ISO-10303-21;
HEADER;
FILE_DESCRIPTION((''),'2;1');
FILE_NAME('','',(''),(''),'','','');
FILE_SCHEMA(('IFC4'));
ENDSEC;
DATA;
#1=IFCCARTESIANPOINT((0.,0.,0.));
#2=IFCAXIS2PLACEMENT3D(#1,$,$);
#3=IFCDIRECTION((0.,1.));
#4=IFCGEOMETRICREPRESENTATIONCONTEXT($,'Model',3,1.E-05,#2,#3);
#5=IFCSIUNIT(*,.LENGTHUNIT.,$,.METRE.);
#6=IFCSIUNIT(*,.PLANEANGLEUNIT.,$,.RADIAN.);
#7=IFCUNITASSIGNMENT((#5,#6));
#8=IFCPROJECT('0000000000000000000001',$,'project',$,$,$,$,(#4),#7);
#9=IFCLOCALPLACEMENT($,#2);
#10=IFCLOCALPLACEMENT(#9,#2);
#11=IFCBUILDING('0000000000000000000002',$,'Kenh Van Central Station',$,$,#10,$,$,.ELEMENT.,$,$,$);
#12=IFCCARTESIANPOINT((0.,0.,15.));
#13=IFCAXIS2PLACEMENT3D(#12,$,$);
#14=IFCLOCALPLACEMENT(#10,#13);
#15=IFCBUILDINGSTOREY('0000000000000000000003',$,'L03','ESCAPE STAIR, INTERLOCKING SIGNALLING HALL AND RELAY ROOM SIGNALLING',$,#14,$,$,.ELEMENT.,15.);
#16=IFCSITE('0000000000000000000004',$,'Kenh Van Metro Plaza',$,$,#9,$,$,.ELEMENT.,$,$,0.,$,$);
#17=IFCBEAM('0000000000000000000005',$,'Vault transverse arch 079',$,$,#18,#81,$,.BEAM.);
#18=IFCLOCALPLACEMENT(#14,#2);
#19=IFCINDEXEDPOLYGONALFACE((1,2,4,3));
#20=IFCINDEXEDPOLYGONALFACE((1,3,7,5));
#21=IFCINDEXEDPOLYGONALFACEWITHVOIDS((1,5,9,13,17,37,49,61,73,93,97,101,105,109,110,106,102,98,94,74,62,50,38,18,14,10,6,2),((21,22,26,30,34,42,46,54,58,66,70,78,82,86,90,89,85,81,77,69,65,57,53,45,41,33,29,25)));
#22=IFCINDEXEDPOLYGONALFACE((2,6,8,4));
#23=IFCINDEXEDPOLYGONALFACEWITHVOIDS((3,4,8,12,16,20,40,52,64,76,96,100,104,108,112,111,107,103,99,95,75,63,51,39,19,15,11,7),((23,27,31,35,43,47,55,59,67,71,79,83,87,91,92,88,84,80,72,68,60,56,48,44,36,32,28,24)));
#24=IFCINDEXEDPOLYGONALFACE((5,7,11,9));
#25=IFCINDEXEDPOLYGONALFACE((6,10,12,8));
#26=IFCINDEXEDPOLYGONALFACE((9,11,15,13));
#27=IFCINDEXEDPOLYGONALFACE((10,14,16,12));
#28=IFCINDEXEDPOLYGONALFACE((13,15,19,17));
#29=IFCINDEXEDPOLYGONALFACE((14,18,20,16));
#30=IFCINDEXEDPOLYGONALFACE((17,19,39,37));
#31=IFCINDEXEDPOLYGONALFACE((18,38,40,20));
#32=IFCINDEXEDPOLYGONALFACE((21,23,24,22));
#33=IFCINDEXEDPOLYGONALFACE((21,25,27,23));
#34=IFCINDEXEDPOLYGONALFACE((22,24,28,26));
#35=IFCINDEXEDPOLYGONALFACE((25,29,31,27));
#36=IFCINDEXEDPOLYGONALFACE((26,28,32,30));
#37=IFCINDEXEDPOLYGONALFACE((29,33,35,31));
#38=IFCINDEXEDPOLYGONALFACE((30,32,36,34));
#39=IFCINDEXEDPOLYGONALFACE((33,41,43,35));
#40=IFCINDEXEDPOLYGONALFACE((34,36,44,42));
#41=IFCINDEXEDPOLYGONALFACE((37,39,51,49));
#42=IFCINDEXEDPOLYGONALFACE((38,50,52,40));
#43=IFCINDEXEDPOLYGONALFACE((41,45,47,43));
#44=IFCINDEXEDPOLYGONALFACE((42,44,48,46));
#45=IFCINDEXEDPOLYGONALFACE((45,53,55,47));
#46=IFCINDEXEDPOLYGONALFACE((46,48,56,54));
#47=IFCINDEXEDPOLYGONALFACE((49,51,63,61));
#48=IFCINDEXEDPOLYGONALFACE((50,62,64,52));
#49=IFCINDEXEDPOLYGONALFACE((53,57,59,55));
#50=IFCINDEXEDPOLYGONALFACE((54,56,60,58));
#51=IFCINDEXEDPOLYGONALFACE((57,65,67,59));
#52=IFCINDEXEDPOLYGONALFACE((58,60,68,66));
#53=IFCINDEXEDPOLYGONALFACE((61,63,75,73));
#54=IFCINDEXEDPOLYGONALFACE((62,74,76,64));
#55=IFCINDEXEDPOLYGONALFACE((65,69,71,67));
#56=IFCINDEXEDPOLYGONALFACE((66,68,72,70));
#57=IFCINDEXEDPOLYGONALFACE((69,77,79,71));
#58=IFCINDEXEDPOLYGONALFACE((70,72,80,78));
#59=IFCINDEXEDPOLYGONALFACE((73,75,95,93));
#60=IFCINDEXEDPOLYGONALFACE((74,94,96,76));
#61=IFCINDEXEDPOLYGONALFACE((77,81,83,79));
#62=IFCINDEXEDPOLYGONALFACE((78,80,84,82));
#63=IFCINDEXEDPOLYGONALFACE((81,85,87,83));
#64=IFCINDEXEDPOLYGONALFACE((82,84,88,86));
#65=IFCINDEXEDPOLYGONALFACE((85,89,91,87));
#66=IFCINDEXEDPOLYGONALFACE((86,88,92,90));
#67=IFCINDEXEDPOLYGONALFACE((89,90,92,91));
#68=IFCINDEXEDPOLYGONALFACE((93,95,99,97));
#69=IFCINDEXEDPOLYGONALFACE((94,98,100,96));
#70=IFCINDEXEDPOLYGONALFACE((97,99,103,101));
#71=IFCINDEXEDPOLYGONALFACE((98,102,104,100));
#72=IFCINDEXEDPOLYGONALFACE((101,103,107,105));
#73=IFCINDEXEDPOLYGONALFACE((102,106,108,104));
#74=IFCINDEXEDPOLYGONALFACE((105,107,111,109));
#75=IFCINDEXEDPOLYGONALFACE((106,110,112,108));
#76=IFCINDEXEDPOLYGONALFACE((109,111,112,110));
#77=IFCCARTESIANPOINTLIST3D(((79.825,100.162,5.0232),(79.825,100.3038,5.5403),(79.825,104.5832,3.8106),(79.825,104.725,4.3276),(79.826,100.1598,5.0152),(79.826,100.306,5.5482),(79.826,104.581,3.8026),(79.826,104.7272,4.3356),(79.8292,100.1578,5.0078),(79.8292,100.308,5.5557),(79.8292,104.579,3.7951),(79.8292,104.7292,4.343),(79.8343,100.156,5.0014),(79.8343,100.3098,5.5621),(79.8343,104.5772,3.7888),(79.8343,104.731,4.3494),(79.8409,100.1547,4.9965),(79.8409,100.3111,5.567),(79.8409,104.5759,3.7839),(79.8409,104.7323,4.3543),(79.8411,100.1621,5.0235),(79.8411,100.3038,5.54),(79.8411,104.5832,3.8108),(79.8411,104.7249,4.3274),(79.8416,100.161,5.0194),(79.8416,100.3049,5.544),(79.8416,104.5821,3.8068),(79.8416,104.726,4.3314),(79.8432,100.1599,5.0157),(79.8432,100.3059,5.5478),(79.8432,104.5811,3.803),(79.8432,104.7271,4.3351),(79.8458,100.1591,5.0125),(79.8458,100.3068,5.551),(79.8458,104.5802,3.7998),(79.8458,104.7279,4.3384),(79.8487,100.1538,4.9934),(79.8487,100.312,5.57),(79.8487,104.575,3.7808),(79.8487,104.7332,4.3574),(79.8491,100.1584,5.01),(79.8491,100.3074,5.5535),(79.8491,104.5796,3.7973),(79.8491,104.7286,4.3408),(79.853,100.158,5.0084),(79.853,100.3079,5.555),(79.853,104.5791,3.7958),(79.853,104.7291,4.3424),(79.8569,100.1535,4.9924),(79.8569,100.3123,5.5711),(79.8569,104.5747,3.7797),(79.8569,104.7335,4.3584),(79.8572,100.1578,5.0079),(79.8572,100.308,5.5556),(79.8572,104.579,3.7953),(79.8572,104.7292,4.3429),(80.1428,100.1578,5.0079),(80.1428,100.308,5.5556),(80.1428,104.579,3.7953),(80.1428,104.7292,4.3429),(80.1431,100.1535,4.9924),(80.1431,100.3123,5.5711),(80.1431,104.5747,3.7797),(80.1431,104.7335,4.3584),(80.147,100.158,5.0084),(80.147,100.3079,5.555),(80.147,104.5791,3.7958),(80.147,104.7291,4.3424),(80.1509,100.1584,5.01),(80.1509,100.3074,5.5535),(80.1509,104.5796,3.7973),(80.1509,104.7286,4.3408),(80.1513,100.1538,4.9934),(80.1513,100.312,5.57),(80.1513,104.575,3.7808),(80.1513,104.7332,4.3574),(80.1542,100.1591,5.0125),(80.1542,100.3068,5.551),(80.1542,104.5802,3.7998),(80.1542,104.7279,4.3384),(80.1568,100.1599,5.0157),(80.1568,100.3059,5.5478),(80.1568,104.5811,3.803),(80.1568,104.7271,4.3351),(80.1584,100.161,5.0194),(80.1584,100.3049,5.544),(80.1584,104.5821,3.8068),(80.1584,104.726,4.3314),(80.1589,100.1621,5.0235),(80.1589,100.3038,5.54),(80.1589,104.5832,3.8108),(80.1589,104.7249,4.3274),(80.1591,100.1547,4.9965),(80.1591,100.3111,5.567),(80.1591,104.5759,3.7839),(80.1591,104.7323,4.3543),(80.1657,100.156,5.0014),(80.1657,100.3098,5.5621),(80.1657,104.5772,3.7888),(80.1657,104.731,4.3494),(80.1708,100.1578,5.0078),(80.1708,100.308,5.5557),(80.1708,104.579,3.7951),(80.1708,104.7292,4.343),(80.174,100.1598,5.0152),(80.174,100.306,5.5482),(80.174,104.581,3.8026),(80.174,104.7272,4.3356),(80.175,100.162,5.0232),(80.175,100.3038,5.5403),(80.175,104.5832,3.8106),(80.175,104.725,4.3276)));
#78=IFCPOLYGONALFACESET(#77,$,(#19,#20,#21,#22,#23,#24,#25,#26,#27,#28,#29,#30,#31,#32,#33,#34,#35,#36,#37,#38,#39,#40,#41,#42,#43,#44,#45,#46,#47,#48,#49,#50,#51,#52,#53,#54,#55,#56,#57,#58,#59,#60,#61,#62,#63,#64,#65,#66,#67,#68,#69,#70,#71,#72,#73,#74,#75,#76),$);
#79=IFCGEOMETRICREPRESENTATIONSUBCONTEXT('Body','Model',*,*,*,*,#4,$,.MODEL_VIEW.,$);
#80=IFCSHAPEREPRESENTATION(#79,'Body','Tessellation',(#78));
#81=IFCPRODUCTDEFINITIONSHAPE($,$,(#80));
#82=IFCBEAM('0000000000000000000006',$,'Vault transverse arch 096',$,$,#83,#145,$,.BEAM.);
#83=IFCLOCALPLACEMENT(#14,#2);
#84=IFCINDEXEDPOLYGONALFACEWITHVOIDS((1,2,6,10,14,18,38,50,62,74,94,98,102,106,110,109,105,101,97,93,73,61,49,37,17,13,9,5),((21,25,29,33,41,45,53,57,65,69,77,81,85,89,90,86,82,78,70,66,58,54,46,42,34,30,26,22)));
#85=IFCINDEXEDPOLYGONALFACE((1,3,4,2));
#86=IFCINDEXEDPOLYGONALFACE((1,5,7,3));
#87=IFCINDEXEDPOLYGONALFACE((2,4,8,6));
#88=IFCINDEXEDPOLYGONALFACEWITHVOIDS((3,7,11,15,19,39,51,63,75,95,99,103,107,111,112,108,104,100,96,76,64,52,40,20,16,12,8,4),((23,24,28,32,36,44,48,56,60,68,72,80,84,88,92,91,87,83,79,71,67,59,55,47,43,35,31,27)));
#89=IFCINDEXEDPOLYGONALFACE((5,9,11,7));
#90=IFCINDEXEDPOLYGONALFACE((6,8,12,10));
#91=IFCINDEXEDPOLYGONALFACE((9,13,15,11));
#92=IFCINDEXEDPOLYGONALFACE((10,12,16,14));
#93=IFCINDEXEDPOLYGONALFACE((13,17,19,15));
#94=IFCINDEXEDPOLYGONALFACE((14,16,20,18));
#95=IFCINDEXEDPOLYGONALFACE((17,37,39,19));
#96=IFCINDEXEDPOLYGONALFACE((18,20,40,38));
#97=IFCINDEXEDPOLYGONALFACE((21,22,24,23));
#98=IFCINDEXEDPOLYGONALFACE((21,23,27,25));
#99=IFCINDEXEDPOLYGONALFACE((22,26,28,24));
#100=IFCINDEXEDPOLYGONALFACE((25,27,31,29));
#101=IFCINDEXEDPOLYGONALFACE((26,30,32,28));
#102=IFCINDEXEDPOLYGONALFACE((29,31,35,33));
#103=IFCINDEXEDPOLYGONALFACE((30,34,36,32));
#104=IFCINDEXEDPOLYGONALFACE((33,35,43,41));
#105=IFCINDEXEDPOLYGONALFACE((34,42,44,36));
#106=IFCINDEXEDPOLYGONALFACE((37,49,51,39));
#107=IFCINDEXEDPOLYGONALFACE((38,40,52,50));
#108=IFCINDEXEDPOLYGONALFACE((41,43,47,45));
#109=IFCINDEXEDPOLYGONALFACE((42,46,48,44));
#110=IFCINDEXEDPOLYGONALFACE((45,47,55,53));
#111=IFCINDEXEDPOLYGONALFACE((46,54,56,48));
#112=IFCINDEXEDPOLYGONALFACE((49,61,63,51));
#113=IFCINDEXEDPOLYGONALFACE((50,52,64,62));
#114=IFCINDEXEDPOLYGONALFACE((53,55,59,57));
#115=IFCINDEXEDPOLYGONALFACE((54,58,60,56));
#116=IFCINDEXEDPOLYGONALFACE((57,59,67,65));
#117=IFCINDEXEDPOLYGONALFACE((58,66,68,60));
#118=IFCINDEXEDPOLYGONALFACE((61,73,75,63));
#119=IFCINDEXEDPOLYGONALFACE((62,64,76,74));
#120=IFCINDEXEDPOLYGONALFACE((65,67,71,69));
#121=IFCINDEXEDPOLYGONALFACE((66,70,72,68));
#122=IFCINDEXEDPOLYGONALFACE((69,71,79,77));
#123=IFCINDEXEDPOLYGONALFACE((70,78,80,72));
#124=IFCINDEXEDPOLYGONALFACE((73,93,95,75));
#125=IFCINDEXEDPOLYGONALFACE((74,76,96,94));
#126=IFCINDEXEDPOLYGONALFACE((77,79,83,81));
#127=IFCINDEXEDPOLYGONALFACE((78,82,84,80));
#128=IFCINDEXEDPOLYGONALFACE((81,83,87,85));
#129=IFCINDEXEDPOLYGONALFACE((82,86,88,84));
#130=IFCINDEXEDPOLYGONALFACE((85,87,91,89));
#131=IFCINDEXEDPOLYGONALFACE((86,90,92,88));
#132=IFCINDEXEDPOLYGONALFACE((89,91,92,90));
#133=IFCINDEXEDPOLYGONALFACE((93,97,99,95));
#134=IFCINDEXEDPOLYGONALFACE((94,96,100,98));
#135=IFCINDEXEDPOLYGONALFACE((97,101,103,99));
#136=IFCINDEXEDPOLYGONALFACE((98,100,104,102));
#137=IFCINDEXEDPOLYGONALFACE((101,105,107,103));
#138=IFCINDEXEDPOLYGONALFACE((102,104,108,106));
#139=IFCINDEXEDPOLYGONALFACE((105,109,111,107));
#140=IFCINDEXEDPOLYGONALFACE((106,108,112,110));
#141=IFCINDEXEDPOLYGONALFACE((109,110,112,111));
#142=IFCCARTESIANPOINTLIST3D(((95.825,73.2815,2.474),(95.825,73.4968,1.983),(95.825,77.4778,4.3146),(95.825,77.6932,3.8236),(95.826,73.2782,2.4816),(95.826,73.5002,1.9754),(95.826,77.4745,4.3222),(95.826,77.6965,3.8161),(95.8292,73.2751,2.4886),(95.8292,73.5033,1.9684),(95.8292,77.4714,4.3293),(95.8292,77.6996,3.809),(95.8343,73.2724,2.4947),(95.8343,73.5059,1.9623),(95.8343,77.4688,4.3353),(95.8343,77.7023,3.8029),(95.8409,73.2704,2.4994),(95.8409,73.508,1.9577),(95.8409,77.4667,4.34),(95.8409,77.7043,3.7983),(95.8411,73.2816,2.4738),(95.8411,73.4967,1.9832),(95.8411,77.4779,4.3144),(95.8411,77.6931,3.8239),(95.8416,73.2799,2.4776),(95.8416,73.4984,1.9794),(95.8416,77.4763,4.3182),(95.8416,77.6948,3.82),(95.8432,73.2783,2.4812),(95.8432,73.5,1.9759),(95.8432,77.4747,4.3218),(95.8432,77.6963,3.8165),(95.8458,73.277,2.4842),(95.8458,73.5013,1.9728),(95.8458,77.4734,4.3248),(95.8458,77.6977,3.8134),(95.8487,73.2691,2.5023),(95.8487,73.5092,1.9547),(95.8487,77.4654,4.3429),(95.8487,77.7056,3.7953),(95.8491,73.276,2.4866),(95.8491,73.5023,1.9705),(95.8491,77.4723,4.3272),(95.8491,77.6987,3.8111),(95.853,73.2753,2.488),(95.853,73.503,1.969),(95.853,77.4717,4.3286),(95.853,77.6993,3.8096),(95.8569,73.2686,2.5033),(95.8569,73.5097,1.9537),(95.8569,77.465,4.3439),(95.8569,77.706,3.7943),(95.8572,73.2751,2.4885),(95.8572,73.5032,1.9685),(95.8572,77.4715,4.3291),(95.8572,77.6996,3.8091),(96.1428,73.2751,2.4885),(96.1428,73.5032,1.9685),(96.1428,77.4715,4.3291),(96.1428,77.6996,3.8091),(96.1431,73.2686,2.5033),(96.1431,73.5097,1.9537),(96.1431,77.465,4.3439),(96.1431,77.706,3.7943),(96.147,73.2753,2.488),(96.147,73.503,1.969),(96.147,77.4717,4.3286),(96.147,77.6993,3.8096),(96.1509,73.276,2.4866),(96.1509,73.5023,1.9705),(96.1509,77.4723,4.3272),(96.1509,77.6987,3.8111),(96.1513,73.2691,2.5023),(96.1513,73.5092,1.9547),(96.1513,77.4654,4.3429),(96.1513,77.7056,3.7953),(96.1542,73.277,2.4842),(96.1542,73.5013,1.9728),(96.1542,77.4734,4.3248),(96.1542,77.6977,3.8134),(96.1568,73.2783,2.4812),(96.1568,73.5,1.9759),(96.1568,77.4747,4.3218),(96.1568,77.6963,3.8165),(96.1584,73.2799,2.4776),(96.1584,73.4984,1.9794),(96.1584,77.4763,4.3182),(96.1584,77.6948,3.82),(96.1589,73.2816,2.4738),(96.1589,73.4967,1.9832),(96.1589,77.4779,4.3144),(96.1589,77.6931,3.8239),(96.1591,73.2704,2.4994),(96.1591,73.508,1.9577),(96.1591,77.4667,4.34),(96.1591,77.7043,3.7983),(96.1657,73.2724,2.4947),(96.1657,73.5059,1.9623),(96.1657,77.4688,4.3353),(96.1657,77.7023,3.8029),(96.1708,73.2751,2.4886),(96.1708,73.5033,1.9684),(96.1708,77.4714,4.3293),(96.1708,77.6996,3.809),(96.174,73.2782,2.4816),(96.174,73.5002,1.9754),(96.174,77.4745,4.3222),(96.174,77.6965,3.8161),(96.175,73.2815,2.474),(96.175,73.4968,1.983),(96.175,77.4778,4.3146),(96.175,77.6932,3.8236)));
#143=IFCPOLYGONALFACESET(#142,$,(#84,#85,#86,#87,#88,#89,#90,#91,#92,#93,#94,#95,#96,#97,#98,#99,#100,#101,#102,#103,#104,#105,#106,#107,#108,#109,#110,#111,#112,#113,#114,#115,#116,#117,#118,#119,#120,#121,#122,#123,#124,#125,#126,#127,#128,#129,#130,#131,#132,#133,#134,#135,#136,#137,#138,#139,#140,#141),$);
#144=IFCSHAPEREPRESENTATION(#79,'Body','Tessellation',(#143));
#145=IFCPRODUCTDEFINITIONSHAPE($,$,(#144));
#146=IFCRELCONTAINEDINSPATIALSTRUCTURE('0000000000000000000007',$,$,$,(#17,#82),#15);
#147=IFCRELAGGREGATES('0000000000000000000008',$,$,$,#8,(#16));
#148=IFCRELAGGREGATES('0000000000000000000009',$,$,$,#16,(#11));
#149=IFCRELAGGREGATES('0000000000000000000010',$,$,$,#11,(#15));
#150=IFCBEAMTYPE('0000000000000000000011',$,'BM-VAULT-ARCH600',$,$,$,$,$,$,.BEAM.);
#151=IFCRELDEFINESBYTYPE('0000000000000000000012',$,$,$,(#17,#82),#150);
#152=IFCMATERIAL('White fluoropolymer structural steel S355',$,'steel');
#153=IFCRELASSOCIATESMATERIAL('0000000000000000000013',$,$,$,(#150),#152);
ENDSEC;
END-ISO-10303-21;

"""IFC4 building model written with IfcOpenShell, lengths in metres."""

from ifc_helpers import new_model, si_unit, direction, frame, origin, origin_2d, place, context, subcontext, project, spatial, hollow_rectangle, extrude, material, material_profile, profile_set, type_object, element, save


model = new_model("IFC4")

# Units and contexts
model_context = context("Model", 3, precision=1e-05, world=origin(), true_north=direction((0.0, 1.0)))
body_context = subcontext(model_context, "Body", "Model", "MODEL_VIEW")
ifc_project = project(units=[si_unit("LENGTHUNIT", "METRE"), si_unit("PLANEANGLEUNIT", "RADIAN")], contexts=[model_context])

# Site, building, storey
site_placement = place(None, origin())
site = spatial("IfcSite", under=ifc_project, at=site_placement, Name="Kenh Van Metro Plaza", CompositionType="ELEMENT", RefElevation=0.0)
building_placement = place(site_placement, origin())
building = spatial("IfcBuilding", under=site, at=building_placement, Name="Kenh Van Central Station", CompositionType="ELEMENT")
storey_placement = place(building_placement, frame((0.0, 0.0, 15.0)))
storey = spatial("IfcBuildingStorey", under=building, at=storey_placement, Name="L03", Description="ESCAPE STAIR, INTERLOCKING SIGNALLING HALL AND RELAY ROOM SIGNALLING", CompositionType="ELEMENT", Elevation=15.0)

# Beams
ifc_material_1 = material(Name="White fluoropolymer structural steel S355", Category="steel")
ifc_material_profile_1 = material_profile(ifc_material_1, hollow_rectangle(XDim=0.3501, YDim=0.6001, WallThickness=0.0161, InnerFilletRadius=0.0161, OuterFilletRadius=0.032, at=origin_2d()), Name="RHS 600x350x16")
ifc_profile_set_1 = profile_set([ifc_material_profile_1], Name="White fluoropolymer structural steel S355")
beam_type_1 = type_object("IfcBeamType", Name="BM-VAULT-ARCH600", PredefinedType="BEAM", material=ifc_profile_set_1)
beam_1_placement = place(storey_placement, frame((80.0, 100.2329, 5.2817), z_axis=(0.0, 0.964382, -0.264514), x_axis=(-1.0, 0.0, 0.0)))
element("IfcBeam", 1, at=beam_1_placement, inside=storey, type_object=beam_type_1, Name="Vault transverse arch 079", PredefinedType="BEAM", context=body_context, shape_type="SweptSolid", body=[
    extrude(hollow_rectangle(XDim=0.3501, YDim=0.6001, WallThickness=0.0161, InnerFilletRadius=0.0161, OuterFilletRadius=0.032, at=origin_2d()), origin(), (0.0, 0.0, 1.0), 4.5845),
])
beam_2_placement = place(storey_placement, frame((96.0, 73.3892, 2.2285), z_axis=(0.0, 0.91578, 0.40168), x_axis=(-1.0, 0.0, 0.0)))
element("IfcBeam", 2, at=beam_2_placement, inside=storey, type_object=beam_type_1, Name="Vault transverse arch 096", PredefinedType="BEAM", context=body_context, shape_type="SweptSolid", body=[
    extrude(hollow_rectangle(XDim=0.3501, YDim=0.6001, WallThickness=0.0161, InnerFilletRadius=0.0161, OuterFilletRadius=0.032, at=origin_2d()), origin(), (0.0, 0.0, 1.0), 4.5823),
])

save(model, "model.ifc")
